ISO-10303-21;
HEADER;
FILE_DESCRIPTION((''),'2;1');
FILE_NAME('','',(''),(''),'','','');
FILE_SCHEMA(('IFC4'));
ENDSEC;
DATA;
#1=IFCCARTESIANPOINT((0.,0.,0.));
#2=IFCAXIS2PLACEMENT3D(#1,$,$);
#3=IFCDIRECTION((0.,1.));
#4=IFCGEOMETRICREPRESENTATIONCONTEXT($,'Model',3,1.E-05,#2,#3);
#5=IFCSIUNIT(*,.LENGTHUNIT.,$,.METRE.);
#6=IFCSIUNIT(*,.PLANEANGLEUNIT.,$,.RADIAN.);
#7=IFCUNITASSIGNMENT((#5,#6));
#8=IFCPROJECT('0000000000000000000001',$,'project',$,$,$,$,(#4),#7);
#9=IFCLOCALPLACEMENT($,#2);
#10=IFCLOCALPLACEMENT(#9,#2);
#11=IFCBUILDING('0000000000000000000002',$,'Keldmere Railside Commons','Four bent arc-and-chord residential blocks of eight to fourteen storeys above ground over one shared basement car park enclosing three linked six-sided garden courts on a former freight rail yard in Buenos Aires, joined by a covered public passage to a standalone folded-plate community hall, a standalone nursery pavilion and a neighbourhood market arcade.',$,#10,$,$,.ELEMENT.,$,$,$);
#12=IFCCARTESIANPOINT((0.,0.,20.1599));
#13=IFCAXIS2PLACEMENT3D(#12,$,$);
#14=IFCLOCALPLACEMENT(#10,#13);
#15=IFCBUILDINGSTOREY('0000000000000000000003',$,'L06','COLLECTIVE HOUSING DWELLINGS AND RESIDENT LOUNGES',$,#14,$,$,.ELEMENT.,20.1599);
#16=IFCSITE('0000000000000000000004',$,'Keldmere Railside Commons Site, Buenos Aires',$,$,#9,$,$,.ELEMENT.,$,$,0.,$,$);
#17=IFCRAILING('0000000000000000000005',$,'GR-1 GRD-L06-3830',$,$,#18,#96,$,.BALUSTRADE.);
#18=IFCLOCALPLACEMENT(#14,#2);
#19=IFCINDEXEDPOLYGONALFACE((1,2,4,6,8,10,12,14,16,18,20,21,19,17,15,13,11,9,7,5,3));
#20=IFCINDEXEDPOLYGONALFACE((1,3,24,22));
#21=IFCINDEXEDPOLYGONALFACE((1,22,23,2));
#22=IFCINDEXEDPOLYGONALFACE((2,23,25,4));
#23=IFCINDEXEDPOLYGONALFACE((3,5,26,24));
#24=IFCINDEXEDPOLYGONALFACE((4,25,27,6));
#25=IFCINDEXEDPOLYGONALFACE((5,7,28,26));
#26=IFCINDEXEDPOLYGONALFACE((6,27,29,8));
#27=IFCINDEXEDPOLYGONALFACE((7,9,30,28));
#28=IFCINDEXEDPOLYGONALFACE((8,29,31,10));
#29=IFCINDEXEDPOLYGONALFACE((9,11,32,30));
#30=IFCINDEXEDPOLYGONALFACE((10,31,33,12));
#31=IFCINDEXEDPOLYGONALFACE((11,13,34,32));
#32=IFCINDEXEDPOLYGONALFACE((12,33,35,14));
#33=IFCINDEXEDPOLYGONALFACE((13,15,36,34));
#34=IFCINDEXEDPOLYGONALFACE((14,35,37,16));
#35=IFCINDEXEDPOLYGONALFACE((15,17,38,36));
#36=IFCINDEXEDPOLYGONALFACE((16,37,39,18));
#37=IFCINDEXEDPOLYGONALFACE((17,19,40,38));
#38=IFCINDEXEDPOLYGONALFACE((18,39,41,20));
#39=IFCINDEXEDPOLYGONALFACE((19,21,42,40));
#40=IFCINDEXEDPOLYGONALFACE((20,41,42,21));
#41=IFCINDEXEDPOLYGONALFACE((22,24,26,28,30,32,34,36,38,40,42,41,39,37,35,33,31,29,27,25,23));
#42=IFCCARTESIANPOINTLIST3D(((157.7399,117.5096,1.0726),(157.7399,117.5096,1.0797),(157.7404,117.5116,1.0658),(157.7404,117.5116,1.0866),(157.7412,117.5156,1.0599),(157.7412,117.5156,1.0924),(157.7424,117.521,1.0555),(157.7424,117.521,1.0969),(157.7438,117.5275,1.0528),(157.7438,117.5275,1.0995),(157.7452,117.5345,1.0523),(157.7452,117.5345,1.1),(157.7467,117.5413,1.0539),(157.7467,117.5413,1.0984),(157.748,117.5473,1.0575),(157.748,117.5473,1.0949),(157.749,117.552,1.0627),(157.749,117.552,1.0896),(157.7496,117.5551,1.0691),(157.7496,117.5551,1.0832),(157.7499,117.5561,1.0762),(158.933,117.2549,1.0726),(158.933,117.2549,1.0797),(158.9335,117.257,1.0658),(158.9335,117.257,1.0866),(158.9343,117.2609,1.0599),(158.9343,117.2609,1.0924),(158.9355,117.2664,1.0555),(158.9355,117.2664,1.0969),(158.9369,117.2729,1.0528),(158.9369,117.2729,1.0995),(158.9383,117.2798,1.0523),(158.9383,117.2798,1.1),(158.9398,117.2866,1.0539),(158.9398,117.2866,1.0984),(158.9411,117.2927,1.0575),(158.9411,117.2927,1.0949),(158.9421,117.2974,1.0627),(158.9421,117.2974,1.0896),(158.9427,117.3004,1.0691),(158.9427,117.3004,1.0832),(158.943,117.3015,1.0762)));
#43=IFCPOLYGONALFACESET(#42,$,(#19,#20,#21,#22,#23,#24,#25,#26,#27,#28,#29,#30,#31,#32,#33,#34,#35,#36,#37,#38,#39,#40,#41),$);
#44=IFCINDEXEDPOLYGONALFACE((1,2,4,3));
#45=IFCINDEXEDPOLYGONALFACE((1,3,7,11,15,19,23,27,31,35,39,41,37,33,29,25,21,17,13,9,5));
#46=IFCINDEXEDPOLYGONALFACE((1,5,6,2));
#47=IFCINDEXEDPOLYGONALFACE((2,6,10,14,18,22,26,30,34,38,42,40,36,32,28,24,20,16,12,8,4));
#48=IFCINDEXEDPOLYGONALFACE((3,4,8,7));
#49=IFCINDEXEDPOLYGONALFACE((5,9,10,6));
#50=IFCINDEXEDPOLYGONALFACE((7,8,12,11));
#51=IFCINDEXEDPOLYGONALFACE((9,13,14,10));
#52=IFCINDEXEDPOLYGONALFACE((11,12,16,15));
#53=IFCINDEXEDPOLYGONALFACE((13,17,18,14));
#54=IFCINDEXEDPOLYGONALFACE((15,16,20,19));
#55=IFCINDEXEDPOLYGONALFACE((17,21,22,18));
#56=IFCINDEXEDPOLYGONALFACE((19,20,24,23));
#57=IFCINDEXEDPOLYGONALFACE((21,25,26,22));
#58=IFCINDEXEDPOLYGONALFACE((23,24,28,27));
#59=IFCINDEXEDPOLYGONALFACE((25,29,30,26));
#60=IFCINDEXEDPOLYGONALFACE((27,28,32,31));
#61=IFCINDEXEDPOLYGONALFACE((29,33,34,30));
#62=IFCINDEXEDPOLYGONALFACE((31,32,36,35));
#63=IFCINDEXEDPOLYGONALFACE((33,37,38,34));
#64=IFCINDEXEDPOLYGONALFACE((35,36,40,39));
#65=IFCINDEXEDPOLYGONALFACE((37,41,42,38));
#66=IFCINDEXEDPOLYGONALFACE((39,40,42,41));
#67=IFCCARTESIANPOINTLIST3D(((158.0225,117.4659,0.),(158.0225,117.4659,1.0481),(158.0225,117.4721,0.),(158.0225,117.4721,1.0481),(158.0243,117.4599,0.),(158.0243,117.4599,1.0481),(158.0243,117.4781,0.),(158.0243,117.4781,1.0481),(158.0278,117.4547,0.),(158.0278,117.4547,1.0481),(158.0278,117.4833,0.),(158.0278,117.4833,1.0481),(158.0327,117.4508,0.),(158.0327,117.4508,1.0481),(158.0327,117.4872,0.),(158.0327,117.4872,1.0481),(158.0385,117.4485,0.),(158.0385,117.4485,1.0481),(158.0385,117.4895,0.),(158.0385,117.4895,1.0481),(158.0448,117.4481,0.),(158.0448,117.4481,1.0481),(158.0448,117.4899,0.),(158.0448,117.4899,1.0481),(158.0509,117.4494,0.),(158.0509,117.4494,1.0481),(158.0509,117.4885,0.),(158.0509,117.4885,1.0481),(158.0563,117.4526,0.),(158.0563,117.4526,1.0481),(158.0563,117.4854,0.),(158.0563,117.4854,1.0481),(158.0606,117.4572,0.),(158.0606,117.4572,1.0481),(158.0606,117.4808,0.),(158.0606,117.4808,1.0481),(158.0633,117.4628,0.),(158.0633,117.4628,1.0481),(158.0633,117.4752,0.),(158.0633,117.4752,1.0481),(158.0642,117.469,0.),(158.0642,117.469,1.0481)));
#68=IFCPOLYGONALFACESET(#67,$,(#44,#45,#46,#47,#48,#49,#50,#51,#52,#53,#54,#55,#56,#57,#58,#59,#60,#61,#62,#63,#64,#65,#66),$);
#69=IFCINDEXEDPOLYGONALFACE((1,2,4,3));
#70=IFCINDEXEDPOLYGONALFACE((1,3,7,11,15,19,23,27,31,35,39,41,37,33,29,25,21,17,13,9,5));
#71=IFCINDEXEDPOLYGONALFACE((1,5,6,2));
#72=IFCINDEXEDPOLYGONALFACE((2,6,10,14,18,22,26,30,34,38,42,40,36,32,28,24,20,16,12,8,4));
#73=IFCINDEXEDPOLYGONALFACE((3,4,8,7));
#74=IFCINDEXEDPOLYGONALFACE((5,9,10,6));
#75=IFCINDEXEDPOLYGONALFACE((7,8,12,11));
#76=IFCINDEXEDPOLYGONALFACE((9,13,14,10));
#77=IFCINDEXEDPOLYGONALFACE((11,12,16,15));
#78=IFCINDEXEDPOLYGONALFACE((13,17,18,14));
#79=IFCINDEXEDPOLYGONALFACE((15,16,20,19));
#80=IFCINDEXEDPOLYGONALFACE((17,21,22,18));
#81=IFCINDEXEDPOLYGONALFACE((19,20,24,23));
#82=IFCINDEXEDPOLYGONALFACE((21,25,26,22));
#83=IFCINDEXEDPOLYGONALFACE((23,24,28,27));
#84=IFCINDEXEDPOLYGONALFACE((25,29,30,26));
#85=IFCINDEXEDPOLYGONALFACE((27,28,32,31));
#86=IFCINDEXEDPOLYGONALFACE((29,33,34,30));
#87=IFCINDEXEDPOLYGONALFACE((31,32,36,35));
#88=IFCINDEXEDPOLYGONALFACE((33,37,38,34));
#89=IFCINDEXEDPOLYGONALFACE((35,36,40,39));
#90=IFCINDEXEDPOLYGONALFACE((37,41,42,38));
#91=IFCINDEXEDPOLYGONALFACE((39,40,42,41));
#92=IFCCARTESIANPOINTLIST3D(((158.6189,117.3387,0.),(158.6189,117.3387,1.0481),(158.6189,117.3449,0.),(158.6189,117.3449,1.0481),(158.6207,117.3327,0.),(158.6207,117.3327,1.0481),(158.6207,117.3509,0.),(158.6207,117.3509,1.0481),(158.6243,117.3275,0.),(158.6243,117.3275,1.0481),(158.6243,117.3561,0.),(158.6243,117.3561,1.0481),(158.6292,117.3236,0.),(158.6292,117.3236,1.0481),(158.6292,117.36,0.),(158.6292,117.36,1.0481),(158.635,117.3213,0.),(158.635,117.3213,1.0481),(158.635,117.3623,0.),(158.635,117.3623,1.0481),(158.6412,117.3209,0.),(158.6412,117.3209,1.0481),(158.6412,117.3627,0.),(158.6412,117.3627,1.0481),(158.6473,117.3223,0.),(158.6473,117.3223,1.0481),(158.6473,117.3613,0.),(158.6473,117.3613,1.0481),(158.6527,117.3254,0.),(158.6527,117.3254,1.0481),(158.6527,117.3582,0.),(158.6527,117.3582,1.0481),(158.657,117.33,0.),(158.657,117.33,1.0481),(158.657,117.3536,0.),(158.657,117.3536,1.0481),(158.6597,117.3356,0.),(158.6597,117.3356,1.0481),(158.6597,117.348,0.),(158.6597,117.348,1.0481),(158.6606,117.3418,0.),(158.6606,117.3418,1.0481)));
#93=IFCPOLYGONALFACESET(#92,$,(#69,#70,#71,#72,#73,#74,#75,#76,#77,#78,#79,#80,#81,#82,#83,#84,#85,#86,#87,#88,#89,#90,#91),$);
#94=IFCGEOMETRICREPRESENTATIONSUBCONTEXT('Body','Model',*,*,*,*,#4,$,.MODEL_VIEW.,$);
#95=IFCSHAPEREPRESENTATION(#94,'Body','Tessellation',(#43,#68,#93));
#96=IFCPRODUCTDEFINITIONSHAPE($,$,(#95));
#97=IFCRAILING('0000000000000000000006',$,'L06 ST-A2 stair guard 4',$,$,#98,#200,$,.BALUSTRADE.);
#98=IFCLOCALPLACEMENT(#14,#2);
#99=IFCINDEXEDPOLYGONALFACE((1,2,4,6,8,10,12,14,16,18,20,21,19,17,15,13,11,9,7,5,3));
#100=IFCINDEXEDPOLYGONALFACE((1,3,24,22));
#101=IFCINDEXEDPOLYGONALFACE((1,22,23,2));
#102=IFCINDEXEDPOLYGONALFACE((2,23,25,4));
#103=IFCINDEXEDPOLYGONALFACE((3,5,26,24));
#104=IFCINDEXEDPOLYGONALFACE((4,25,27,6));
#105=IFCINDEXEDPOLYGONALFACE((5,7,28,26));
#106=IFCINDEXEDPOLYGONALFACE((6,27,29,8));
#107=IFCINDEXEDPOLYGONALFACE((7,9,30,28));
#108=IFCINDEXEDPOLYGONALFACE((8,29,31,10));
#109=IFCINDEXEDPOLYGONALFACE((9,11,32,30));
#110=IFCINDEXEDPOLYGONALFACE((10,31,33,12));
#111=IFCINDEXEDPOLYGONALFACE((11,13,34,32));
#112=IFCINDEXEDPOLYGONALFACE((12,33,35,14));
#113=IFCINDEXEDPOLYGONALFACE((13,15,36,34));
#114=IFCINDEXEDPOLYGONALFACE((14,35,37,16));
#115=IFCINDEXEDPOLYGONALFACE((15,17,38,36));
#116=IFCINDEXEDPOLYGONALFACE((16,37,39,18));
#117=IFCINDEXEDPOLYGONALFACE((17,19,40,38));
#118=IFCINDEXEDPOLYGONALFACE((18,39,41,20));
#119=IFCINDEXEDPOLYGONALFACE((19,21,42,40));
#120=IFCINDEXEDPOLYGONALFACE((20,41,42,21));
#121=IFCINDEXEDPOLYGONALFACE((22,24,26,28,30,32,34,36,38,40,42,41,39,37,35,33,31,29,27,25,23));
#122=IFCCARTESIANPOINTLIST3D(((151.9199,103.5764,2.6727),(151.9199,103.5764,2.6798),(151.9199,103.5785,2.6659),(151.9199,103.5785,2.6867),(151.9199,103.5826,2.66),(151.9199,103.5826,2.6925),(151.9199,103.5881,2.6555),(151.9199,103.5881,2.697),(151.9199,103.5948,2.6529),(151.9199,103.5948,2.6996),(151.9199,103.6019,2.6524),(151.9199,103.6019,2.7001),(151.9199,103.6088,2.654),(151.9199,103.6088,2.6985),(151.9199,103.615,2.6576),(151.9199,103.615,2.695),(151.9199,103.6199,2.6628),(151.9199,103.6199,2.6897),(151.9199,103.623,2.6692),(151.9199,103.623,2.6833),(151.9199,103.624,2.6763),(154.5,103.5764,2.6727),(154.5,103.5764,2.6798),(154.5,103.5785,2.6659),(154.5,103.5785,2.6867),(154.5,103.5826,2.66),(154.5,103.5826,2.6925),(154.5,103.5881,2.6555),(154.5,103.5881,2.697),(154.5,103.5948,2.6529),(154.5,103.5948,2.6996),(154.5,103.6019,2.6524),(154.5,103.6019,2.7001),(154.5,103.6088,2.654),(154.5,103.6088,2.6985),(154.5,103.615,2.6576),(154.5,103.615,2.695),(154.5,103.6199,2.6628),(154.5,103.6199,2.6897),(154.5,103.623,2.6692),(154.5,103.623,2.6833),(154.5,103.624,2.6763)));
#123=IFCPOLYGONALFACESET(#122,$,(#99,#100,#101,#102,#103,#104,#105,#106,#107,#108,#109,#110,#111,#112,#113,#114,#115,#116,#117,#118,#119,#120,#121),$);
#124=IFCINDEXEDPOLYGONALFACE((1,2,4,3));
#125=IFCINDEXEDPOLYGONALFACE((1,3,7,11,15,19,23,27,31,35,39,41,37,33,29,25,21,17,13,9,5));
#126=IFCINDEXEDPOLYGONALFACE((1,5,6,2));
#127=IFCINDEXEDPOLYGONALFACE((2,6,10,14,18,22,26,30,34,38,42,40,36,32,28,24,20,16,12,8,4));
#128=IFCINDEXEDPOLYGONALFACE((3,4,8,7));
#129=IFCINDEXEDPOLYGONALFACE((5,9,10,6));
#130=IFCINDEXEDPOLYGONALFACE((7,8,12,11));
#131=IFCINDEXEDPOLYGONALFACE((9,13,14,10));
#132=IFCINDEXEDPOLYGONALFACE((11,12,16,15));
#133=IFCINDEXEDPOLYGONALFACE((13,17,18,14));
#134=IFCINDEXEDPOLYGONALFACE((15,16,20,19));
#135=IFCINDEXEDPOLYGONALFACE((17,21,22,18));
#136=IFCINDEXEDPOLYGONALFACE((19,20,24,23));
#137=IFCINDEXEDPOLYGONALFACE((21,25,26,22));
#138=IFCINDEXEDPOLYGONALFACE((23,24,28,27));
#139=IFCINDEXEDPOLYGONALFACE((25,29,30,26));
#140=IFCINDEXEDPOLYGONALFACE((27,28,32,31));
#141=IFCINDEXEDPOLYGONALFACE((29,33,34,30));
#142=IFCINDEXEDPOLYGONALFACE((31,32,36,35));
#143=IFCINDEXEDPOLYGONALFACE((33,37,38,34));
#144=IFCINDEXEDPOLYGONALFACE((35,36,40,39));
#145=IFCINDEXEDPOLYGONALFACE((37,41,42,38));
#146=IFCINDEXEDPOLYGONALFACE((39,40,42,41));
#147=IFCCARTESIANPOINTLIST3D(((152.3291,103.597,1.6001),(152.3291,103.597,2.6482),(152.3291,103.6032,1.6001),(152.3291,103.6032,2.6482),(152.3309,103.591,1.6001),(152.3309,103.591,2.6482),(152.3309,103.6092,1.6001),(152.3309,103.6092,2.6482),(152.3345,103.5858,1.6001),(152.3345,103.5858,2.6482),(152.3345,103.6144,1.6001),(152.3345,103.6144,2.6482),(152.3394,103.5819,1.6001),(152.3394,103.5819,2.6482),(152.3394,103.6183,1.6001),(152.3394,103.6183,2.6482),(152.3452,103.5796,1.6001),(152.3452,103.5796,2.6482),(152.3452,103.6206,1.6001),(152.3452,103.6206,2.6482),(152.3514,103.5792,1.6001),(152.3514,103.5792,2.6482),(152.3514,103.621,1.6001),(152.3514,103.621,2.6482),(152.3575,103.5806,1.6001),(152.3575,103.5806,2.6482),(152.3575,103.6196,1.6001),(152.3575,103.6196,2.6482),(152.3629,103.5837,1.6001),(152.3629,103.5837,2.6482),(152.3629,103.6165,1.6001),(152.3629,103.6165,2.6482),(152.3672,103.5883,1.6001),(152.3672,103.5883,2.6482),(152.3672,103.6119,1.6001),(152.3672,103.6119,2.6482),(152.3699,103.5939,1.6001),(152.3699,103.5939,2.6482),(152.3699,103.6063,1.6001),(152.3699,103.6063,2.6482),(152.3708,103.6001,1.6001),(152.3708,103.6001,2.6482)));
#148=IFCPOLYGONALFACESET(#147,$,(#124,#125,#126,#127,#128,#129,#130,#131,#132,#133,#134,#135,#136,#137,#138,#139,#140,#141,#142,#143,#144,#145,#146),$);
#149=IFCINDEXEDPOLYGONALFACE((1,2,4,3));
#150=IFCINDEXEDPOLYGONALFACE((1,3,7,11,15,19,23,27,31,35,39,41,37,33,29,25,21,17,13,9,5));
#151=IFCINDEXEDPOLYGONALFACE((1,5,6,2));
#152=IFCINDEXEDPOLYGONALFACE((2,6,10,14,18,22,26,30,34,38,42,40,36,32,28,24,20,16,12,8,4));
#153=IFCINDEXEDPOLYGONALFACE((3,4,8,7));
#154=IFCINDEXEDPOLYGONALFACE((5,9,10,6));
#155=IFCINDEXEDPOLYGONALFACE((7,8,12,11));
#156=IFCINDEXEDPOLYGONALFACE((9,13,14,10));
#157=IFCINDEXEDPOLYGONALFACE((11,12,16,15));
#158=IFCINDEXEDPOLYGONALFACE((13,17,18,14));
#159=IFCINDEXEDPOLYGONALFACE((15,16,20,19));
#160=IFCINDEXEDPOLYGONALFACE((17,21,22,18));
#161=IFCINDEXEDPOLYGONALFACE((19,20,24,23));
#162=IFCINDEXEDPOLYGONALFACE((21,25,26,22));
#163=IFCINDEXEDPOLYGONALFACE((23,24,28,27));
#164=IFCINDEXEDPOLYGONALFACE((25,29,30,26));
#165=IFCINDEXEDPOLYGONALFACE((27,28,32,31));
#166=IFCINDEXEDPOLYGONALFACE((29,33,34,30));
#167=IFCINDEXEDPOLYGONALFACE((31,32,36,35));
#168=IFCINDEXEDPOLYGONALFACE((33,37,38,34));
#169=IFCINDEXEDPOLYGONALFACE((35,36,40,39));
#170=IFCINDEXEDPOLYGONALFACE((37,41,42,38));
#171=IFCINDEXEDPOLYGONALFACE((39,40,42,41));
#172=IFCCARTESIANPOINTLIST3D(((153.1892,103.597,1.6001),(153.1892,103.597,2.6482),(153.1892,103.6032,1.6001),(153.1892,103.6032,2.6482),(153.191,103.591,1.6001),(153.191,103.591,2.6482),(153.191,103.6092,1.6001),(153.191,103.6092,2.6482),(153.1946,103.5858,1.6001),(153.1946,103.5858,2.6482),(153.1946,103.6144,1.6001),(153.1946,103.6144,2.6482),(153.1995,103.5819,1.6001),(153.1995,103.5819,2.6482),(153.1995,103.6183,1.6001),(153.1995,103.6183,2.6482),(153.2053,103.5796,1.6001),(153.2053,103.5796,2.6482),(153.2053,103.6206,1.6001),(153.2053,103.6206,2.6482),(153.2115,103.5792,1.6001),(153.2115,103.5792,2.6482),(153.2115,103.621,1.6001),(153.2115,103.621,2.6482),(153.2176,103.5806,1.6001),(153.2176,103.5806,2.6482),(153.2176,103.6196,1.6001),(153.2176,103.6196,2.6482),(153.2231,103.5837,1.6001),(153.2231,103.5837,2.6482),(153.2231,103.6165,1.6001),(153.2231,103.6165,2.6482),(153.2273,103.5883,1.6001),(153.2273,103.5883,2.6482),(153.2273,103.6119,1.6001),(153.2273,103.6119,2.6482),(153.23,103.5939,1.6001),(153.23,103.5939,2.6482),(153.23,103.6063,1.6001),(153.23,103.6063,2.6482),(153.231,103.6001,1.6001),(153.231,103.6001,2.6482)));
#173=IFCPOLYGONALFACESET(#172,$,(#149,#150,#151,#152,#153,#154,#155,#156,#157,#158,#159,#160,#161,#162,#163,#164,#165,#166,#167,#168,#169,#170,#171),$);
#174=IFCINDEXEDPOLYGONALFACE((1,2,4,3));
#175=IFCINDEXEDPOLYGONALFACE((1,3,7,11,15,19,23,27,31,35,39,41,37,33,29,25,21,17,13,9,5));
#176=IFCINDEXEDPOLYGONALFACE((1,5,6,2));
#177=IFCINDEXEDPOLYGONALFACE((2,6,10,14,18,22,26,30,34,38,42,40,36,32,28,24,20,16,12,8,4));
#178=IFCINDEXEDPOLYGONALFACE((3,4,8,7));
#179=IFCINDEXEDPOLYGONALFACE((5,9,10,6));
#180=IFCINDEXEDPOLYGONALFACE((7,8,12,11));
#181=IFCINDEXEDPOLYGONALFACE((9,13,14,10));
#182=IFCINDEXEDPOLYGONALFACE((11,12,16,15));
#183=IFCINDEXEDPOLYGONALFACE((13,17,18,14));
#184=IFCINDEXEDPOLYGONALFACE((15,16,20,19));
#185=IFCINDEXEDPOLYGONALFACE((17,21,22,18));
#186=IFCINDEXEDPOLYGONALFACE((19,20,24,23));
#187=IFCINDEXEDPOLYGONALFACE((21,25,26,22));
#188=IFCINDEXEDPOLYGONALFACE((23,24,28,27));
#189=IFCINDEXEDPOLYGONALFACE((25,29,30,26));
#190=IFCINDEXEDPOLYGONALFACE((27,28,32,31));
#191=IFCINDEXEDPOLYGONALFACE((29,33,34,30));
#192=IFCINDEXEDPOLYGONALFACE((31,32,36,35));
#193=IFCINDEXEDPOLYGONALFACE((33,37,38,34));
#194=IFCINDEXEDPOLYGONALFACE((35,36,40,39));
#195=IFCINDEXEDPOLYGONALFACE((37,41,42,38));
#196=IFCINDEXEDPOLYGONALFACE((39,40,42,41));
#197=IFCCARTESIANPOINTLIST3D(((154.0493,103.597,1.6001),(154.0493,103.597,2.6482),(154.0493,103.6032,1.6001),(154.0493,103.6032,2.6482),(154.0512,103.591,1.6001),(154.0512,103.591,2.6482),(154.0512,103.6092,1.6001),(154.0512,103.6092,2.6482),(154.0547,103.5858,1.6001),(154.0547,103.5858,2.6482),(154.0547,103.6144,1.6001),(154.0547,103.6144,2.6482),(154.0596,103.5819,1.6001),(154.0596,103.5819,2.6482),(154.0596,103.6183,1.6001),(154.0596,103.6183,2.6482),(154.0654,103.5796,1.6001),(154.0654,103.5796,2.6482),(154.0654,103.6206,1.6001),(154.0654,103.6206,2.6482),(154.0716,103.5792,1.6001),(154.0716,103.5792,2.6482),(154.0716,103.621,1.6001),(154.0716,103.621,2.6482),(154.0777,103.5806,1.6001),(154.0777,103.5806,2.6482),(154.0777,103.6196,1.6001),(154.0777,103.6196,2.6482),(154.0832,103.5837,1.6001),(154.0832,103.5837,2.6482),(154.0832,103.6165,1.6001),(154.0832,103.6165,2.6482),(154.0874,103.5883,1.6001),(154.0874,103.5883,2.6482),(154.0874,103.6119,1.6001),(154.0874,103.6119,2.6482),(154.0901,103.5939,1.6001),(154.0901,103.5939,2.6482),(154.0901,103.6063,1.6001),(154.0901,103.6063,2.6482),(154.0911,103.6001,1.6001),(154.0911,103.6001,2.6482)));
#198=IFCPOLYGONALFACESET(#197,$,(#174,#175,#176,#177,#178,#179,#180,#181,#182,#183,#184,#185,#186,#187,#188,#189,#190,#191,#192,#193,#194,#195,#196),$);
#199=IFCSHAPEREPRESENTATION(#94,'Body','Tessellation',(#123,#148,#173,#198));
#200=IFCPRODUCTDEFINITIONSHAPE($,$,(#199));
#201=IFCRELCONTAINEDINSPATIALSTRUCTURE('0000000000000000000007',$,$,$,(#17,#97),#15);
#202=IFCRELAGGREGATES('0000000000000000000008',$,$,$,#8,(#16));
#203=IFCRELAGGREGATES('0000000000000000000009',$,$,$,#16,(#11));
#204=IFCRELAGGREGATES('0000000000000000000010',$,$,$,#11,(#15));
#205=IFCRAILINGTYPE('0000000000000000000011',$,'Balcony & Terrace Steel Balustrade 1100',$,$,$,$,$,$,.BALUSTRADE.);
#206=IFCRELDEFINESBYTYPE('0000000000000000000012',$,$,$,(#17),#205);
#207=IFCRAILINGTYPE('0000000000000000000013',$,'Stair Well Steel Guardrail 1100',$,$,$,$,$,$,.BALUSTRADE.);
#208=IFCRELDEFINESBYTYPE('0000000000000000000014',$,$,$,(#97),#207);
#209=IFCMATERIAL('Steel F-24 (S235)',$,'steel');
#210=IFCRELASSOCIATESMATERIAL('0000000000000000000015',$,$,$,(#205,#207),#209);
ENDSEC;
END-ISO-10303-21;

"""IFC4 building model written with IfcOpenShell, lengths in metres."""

from ifc_helpers import new_model, si_unit, direction, frame, origin, origin_2d, place, context, subcontext, project, spatial, circle, extrude, material, type_object, element, save


model = new_model("IFC4")

# Units and contexts
model_context = context("Model", 3, precision=1e-05, world=origin(), true_north=direction((0.0, 1.0)))
body_context = subcontext(model_context, "Body", "Model", "MODEL_VIEW")
ifc_project = project(units=[si_unit("LENGTHUNIT", "METRE"), si_unit("PLANEANGLEUNIT", "RADIAN")], contexts=[model_context])

# Site, building, storey
site_placement = place(None, origin())
site = spatial("IfcSite", under=ifc_project, at=site_placement, Name="Keldmere Railside Commons Site, Buenos Aires", CompositionType="ELEMENT", RefElevation=0.0)
building_placement = place(site_placement, origin())
building = spatial("IfcBuilding", under=site, at=building_placement, Name="Keldmere Railside Commons", Description="Four bent arc-and-chord residential blocks of eight to fourteen storeys above ground over one shared basement car park enclosing three linked six-sided garden courts on a former freight rail yard in Buenos Aires, joined by a covered public passage to a standalone folded-plate community hall, a standalone nursery pavilion and a neighbourhood market arcade.", CompositionType="ELEMENT")
storey_placement = place(building_placement, frame((0.0, 0.0, 20.1599)))
storey = spatial("IfcBuildingStorey", under=building, at=storey_placement, Name="L06", Description="COLLECTIVE HOUSING DWELLINGS AND RESIDENT LOUNGES", CompositionType="ELEMENT", Elevation=20.1599)

# Shared definitions
ifc_material_1 = material(Name="Steel F-24 (S235)", Category="steel")

# Railings
railing_type_1 = type_object("IfcRailingType", Name="Balcony & Terrace Steel Balustrade 1100", PredefinedType="BALUSTRADE", material=ifc_material_1)
railing_1_placement = place(storey_placement, frame((157.7449, 117.5327, 0.0)))
element("IfcRailing", 1, at=railing_1_placement, inside=storey, type_object=railing_type_1, Name="GR-1 GRD-L06-3830", PredefinedType="BALUSTRADE", context=body_context, shape_type="SweptSolid", body=[
    extrude(circle(Radius=0.0239, at=origin_2d()), frame((0.0, 0.0, 1.0762), z_axis=(0.977975, -0.208723, 0.0), x_axis=(0.208723, 0.977975, 0.0)), (0.0, 0.0, 1.0), 1.22),
    extrude(circle(Radius=0.021, at=origin_2d()), frame((0.2983, -0.0637, 0.0)), (0.0, 0.0, 1.0), 1.0481),
    extrude(circle(Radius=0.021, at=origin_2d()), frame((0.8948, -0.1909, 0.0)), (0.0, 0.0, 1.0), 1.0481),
])
railing_type_2 = type_object("IfcRailingType", Name="Stair Well Steel Guardrail 1100", PredefinedType="BALUSTRADE", material=ifc_material_1)
railing_2_placement = place(storey_placement, frame((151.9199, 103.6001, 1.6001)))
element("IfcRailing", 2, at=railing_2_placement, inside=storey, type_object=railing_type_2, Name="L06 ST-A2 stair guard 4", PredefinedType="BALUSTRADE", context=body_context, shape_type="SweptSolid", body=[
    extrude(circle(Radius=0.0239, at=origin_2d()), frame((0.0, 0.0, 1.0762), z_axis=(1.0, 0.0, 0.0), x_axis=(0.0, 1.0, 0.0)), (0.0, 0.0, 1.0), 2.5801),
    extrude(circle(Radius=0.021, at=origin_2d()), frame((0.4299, 0.0, 0.0)), (0.0, 0.0, 1.0), 1.0481),
    extrude(circle(Radius=0.021, at=origin_2d()), frame((1.29, 0.0, 0.0)), (0.0, 0.0, 1.0), 1.0481),
    extrude(circle(Radius=0.021, at=origin_2d()), frame((2.1501, 0.0, 0.0)), (0.0, 0.0, 1.0), 1.0481),
])

save(model, "model.ifc")
